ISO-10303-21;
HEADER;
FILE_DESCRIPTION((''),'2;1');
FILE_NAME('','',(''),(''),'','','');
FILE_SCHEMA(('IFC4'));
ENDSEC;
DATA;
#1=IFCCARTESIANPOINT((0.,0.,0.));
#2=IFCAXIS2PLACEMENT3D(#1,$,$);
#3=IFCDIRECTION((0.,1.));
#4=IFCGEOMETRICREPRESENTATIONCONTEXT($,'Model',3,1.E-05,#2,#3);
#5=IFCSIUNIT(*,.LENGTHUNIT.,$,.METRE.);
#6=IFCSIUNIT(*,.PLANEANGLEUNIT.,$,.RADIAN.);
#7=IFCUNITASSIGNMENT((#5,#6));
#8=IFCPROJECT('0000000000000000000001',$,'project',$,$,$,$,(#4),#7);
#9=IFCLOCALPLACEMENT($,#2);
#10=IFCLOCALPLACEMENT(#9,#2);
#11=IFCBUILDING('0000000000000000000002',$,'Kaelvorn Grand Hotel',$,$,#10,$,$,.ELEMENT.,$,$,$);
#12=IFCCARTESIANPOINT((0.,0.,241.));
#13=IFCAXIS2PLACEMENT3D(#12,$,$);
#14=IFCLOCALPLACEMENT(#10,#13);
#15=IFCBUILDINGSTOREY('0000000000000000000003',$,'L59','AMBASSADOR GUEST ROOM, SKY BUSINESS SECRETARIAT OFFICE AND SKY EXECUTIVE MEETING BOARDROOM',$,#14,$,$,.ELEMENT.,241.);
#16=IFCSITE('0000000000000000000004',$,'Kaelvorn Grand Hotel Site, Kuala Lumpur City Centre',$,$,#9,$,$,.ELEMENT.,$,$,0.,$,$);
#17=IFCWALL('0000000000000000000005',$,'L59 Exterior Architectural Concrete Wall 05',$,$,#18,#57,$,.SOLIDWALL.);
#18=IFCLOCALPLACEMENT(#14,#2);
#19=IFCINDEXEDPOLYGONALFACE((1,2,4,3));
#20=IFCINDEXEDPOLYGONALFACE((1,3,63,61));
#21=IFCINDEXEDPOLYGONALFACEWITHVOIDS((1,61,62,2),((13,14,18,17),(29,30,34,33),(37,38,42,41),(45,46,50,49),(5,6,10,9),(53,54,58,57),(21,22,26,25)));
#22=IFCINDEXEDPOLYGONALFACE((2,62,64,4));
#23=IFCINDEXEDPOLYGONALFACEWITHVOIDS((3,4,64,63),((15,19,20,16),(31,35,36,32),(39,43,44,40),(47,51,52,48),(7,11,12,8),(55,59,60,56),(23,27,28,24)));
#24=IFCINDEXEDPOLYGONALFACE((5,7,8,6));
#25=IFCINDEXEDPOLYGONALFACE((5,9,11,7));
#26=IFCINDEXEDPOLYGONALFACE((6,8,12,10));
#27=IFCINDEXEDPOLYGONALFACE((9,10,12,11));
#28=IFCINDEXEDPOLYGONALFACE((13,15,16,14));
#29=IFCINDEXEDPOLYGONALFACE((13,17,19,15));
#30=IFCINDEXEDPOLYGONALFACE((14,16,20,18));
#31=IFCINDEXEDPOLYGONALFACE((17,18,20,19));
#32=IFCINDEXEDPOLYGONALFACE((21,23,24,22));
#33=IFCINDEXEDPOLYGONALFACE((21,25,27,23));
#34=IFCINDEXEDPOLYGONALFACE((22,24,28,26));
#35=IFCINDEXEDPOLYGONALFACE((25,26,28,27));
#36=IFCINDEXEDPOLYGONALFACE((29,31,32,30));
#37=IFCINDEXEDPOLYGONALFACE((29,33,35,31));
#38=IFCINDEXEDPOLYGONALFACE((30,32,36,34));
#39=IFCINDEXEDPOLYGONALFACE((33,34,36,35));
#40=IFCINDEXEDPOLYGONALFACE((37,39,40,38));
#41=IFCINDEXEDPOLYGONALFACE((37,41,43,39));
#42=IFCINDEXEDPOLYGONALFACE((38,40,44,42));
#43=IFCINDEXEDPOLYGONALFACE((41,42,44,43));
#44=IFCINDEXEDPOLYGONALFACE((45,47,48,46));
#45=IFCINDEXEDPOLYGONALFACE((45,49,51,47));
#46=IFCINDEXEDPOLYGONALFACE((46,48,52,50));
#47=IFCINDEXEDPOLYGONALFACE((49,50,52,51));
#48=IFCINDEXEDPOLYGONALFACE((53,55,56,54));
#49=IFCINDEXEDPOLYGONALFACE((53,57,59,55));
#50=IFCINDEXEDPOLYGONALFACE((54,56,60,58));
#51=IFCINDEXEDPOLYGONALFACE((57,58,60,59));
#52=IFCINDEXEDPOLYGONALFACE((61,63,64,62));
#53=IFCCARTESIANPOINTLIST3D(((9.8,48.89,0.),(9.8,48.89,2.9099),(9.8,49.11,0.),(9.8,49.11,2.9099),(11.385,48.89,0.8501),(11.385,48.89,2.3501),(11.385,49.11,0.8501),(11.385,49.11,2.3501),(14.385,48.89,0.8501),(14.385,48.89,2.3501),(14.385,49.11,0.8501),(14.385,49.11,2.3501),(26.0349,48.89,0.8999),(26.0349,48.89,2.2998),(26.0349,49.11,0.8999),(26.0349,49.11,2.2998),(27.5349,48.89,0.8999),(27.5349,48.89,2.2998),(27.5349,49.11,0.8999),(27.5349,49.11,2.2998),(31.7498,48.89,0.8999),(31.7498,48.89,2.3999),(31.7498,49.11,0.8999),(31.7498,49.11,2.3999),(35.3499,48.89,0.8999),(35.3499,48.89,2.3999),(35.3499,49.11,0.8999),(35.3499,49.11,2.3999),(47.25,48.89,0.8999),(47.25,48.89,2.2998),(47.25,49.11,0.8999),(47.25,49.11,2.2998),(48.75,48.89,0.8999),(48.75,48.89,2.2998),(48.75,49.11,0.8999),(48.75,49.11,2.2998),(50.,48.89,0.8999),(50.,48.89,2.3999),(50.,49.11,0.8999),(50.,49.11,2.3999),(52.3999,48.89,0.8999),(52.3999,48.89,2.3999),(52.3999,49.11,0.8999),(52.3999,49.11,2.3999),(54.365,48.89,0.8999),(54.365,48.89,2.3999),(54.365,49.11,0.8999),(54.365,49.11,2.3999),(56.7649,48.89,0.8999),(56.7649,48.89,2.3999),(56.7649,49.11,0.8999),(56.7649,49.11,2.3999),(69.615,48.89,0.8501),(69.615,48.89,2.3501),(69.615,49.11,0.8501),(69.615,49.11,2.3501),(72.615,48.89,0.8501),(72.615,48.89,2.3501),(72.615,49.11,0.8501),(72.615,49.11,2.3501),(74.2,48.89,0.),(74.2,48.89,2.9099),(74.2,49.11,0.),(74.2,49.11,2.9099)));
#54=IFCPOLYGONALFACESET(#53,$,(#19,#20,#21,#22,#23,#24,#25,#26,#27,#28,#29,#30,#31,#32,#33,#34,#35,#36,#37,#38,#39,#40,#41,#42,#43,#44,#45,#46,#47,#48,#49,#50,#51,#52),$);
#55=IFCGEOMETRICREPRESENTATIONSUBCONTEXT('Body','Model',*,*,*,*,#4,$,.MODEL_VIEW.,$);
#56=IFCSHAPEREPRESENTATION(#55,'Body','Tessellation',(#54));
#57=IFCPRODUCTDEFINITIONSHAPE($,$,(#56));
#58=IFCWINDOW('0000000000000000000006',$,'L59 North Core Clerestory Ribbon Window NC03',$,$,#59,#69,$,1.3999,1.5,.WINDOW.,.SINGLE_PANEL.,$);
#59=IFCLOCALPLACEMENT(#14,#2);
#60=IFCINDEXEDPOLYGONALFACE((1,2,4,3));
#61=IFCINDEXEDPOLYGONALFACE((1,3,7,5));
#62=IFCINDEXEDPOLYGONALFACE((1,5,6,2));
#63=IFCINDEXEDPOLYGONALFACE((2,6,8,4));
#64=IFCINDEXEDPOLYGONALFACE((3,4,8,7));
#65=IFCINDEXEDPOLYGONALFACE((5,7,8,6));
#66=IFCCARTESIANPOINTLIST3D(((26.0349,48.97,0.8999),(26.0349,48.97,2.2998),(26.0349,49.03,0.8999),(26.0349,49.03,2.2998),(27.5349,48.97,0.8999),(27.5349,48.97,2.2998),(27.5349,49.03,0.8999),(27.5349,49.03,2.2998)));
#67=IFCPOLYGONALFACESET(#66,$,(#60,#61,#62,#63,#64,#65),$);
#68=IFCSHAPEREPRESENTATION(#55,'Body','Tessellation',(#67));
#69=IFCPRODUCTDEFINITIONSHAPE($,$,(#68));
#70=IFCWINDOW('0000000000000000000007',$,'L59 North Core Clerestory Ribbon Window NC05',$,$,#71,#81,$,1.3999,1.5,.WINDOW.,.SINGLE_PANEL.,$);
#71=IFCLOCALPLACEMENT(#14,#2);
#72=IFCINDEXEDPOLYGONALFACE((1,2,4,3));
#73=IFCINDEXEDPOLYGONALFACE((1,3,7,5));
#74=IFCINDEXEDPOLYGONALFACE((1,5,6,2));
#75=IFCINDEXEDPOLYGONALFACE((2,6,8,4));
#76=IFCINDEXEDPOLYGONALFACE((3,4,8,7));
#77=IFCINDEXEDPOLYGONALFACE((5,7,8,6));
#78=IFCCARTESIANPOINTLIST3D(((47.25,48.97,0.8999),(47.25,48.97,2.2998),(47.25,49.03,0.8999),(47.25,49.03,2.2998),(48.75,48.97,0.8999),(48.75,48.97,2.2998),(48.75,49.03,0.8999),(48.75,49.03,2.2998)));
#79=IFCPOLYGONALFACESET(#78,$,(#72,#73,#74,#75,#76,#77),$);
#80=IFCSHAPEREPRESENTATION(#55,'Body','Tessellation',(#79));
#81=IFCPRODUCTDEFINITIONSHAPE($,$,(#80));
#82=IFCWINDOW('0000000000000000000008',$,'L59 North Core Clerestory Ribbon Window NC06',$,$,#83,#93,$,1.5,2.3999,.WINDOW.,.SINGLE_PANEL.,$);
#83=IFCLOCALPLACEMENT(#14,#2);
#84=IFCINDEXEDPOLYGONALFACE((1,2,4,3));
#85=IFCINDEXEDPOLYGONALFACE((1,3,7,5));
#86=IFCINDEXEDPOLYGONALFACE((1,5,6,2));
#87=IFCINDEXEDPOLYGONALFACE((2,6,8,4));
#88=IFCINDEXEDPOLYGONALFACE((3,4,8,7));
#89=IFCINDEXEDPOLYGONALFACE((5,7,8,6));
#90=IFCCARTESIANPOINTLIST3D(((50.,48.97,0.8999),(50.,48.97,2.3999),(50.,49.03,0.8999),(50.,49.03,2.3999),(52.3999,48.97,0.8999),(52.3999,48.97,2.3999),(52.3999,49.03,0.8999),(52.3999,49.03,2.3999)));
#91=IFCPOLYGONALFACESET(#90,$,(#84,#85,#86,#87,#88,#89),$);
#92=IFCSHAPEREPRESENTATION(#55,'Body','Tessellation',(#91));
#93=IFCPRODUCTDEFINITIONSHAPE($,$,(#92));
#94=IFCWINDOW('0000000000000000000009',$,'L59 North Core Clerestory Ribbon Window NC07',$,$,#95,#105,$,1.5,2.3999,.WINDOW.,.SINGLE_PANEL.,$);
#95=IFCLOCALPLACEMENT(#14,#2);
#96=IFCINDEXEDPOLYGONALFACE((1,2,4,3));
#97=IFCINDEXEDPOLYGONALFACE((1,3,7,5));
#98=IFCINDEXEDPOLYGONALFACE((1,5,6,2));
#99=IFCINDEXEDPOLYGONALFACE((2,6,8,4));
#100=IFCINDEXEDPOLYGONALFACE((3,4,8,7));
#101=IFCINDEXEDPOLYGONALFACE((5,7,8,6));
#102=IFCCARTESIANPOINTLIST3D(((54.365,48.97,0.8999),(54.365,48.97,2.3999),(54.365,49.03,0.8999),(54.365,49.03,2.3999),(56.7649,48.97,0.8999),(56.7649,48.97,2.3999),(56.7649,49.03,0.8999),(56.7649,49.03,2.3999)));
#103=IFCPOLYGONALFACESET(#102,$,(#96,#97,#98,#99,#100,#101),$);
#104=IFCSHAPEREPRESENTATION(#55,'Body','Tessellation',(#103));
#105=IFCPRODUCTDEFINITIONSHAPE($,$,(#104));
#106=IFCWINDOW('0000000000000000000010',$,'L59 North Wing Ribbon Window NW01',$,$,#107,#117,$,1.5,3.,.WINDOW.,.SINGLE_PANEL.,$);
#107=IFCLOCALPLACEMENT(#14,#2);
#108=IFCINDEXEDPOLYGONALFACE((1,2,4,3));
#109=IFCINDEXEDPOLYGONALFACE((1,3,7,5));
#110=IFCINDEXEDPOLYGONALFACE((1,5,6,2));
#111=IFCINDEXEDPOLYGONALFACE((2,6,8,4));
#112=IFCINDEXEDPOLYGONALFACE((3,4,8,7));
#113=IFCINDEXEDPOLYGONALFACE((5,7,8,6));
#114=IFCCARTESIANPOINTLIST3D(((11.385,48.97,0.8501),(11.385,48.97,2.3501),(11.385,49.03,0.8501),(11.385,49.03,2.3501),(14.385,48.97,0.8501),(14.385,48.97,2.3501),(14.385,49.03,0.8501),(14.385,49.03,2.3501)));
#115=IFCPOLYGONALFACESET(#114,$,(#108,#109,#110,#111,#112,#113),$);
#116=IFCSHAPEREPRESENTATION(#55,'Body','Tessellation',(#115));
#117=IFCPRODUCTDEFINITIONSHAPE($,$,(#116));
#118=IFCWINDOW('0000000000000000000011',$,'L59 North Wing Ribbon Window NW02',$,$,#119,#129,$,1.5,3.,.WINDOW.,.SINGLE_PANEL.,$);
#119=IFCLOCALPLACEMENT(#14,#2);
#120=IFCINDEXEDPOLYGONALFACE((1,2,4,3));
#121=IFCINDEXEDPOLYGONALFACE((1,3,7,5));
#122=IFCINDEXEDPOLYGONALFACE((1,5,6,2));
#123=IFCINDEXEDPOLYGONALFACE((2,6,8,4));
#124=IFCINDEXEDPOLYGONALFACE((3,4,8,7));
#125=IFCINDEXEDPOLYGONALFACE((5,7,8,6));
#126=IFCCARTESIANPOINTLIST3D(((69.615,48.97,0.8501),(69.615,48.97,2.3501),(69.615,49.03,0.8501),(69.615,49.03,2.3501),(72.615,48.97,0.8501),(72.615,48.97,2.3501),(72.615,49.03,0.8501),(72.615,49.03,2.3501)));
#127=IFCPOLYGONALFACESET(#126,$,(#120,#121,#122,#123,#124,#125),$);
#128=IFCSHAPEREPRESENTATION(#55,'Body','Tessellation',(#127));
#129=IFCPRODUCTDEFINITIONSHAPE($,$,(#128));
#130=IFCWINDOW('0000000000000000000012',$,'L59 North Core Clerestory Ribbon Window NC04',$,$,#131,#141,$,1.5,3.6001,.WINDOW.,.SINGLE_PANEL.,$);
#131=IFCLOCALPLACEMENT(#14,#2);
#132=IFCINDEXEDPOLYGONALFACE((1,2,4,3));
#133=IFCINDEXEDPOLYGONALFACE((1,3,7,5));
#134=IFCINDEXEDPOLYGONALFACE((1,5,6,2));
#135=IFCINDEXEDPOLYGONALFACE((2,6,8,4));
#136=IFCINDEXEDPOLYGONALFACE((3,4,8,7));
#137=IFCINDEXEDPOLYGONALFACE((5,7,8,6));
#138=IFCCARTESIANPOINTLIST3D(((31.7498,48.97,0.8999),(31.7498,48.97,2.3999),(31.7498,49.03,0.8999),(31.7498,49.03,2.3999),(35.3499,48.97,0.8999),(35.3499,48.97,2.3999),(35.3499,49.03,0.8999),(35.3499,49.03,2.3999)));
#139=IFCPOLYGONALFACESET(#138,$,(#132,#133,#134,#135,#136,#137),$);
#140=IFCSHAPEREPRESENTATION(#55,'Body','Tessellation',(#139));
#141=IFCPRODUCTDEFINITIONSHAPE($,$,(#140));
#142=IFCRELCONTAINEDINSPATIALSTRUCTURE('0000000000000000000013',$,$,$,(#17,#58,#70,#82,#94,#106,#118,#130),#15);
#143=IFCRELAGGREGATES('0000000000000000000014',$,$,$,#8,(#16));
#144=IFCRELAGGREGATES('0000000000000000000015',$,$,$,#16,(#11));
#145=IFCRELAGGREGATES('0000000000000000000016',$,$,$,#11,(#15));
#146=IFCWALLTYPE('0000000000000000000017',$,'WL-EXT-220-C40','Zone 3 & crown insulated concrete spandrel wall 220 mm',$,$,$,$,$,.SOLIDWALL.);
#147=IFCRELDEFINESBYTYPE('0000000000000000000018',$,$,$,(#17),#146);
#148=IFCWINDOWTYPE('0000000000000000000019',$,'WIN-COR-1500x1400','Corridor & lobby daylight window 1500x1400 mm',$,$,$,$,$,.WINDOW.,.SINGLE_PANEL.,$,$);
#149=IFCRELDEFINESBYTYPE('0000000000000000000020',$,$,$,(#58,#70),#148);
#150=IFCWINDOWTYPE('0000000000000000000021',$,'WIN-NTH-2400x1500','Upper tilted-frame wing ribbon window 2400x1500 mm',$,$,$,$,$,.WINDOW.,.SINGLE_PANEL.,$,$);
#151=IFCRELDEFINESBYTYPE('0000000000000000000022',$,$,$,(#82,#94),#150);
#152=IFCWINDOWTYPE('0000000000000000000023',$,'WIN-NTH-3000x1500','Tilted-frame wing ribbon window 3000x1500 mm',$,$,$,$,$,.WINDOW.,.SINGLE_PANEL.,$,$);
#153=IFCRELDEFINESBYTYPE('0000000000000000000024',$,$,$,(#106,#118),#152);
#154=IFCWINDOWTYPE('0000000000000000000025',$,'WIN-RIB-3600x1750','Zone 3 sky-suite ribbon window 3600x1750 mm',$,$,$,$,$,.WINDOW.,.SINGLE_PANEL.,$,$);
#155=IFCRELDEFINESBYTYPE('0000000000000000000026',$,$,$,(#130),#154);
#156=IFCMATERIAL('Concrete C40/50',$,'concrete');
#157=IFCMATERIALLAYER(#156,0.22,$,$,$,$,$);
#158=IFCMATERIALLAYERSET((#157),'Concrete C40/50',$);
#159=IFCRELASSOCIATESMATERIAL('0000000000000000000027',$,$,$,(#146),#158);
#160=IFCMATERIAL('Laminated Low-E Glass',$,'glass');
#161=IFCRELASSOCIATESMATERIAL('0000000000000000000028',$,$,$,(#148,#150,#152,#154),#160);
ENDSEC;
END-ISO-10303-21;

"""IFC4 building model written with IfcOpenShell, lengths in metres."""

from ifc_helpers import new_model, si_unit, direction, frame, frame_2d, origin, place, context, subcontext, project, spatial, rectangle, extrude, material, layer, layer_set, type_object, element, fill, save


model = new_model("IFC4")

# Units and contexts
model_context = context("Model", 3, precision=1e-05, world=origin(), true_north=direction((0.0, 1.0)))
body_context = subcontext(model_context, "Body", "Model", "MODEL_VIEW")
ifc_project = project(units=[si_unit("LENGTHUNIT", "METRE"), si_unit("PLANEANGLEUNIT", "RADIAN")], contexts=[model_context])

# Site, building, storey
site_placement = place(None, origin())
site = spatial("IfcSite", under=ifc_project, at=site_placement, Name="Kaelvorn Grand Hotel Site, Kuala Lumpur City Centre", CompositionType="ELEMENT", RefElevation=0.0)
building_placement = place(site_placement, origin())
building = spatial("IfcBuilding", under=site, at=building_placement, Name="Kaelvorn Grand Hotel", CompositionType="ELEMENT")
storey_placement = place(building_placement, frame((0.0, 0.0, 241.0)))
storey = spatial("IfcBuildingStorey", under=building, at=storey_placement, Name="L59", Description="AMBASSADOR GUEST ROOM, SKY BUSINESS SECRETARIAT OFFICE AND SKY EXECUTIVE MEETING BOARDROOM", CompositionType="ELEMENT", Elevation=241.0)

# Shared definitions
ifc_material_1 = material(Name="Concrete C40/50", Category="concrete")
ifc_layer_1 = layer(ifc_material_1, 0.22)
ifc_layer_set_1 = layer_set([ifc_layer_1], Name="Concrete C40/50")
wall_type = type_object("IfcWallType", Name="WL-EXT-220-C40", Description="Zone 3 & crown insulated concrete spandrel wall 220 mm", PredefinedType="SOLIDWALL", material=ifc_layer_set_1)
ifc_material_2 = material(Name="Laminated Low-E Glass", Category="glass")

# Wall, openings, windows
wall_1_placement = place(storey_placement, frame((74.2, 49.0, 0.0), z_axis=(0.0, 0.0, 1.0), x_axis=(-1.0, 0.0, 0.0)))
wall_1 = element("IfcWall", 1, at=wall_1_placement, inside=storey, type_object=wall_type, Name="L59 Exterior Architectural Concrete Wall 05", PredefinedType="SOLIDWALL", context=body_context, shape_type="SweptSolid", body=[
    extrude(rectangle(XDim=64.3999, YDim=0.22, at=frame_2d((32.2, 0.0))), origin(), (0.0, 0.0, 1.0), 2.9099),
])
opening_1_placement = place(wall_1_placement, frame((59.8149, 0.0, 0.8501)))
opening_1 = element("IfcOpeningElement", 2, at=opening_1_placement, cuts=wall_1, PredefinedType="OPENING", context=body_context, shape_type="SweptSolid", body=[
    extrude(rectangle(XDim=3.0, YDim=1.5, at=frame_2d((1.5, 0.75))), frame((0.0, 0.1201, 0.0), z_axis=(0.0, -1.0, 0.0), x_axis=(1.0, 0.0, 0.0)), (0.0, 0.0, 1.0), 0.24),
])
opening_2_placement = place(wall_1_placement, frame((1.585, 0.0, 0.8501)))
opening_2 = element("IfcOpeningElement", 3, at=opening_2_placement, cuts=wall_1, PredefinedType="OPENING", context=body_context, shape_type="SweptSolid", body=[
    extrude(rectangle(XDim=3.0, YDim=1.5, at=frame_2d((1.5, 0.75))), frame((0.0, 0.1201, 0.0), z_axis=(0.0, -1.0, 0.0), x_axis=(1.0, 0.0, 0.0)), (0.0, 0.0, 1.0), 0.24),
])
opening_3_placement = place(wall_1_placement, frame((46.665, 0.0, 0.8999)))
opening_3 = element("IfcOpeningElement", 4, at=opening_3_placement, cuts=wall_1, PredefinedType="OPENING", context=body_context, shape_type="SweptSolid", body=[
    extrude(rectangle(XDim=1.5, YDim=1.3999, at=frame_2d((0.75, 0.7))), frame((0.0, 0.1201, 0.0), z_axis=(0.0, -1.0, 0.0), x_axis=(1.0, 0.0, 0.0)), (0.0, 0.0, 1.0), 0.24),
])
opening_4_placement = place(wall_1_placement, frame((38.8501, 0.0, 0.8999)))
opening_4 = element("IfcOpeningElement", 5, at=opening_4_placement, cuts=wall_1, PredefinedType="OPENING", context=body_context, shape_type="SweptSolid", body=[
    extrude(rectangle(XDim=3.6001, YDim=1.5, at=frame_2d((1.8, 0.75))), frame((0.0, 0.1201, 0.0), z_axis=(0.0, -1.0, 0.0), x_axis=(1.0, 0.0, 0.0)), (0.0, 0.0, 1.0), 0.24),
])
opening_5_placement = place(wall_1_placement, frame((25.45, 0.0, 0.8999)))
opening_5 = element("IfcOpeningElement", 6, at=opening_5_placement, cuts=wall_1, PredefinedType="OPENING", context=body_context, shape_type="SweptSolid", body=[
    extrude(rectangle(XDim=1.5, YDim=1.3999, at=frame_2d((0.75, 0.7))), frame((0.0, 0.1201, 0.0), z_axis=(0.0, -1.0, 0.0), x_axis=(1.0, 0.0, 0.0)), (0.0, 0.0, 1.0), 0.24),
])
opening_6_placement = place(wall_1_placement, frame((21.8, 0.0, 0.8999)))
opening_6 = element("IfcOpeningElement", 7, at=opening_6_placement, cuts=wall_1, PredefinedType="OPENING", context=body_context, shape_type="SweptSolid", body=[
    extrude(rectangle(XDim=2.3999, YDim=1.5, at=frame_2d((1.2, 0.75))), frame((0.0, 0.1201, 0.0), z_axis=(0.0, -1.0, 0.0), x_axis=(1.0, 0.0, 0.0)), (0.0, 0.0, 1.0), 0.24),
])
opening_7_placement = place(wall_1_placement, frame((17.4351, 0.0, 0.8999)))
opening_7 = element("IfcOpeningElement", 8, at=opening_7_placement, cuts=wall_1, PredefinedType="OPENING", context=body_context, shape_type="SweptSolid", body=[
    extrude(rectangle(XDim=2.3999, YDim=1.5, at=frame_2d((1.2, 0.75))), frame((0.0, 0.1201, 0.0), z_axis=(0.0, -1.0, 0.0), x_axis=(1.0, 0.0, 0.0)), (0.0, 0.0, 1.0), 0.24),
])
window_type_1 = type_object("IfcWindowType", Name="WIN-COR-1500x1400", Description="Corridor & lobby daylight window 1500x1400 mm", PartitioningType="SINGLE_PANEL", PredefinedType="WINDOW", material=ifc_material_2)
window_1_placement = place(opening_3_placement, origin())
window_1 = element("IfcWindow", 9, at=window_1_placement, inside=storey, type_object=window_type_1, Name="L59 North Core Clerestory Ribbon Window NC03", OverallHeight=1.3999, OverallWidth=1.5, PartitioningType="SINGLE_PANEL", PredefinedType="WINDOW", context=body_context, shape_type="SweptSolid", body=[
    extrude(rectangle(XDim=1.5, YDim=1.3999, at=frame_2d((0.75, 0.7))), frame((0.0, 0.03, 0.0), z_axis=(0.0, -1.0, 0.0), x_axis=(1.0, 0.0, 0.0)), (0.0, 0.0, 1.0), 0.0601),
])
fill(opening_3, window_1)
window_2_placement = place(opening_5_placement, origin())
window_2 = element("IfcWindow", 10, at=window_2_placement, inside=storey, type_object=window_type_1, Name="L59 North Core Clerestory Ribbon Window NC05", OverallHeight=1.3999, OverallWidth=1.5, PartitioningType="SINGLE_PANEL", PredefinedType="WINDOW", context=body_context, shape_type="SweptSolid", body=[
    extrude(rectangle(XDim=1.5, YDim=1.3999, at=frame_2d((0.75, 0.7))), frame((0.0, 0.03, 0.0), z_axis=(0.0, -1.0, 0.0), x_axis=(1.0, 0.0, 0.0)), (0.0, 0.0, 1.0), 0.0601),
])
fill(opening_5, window_2)
window_type_2 = type_object("IfcWindowType", Name="WIN-NTH-2400x1500", Description="Upper tilted-frame wing ribbon window 2400x1500 mm", PartitioningType="SINGLE_PANEL", PredefinedType="WINDOW", material=ifc_material_2)
window_3_placement = place(opening_6_placement, origin())
window_3 = element("IfcWindow", 11, at=window_3_placement, inside=storey, type_object=window_type_2, Name="L59 North Core Clerestory Ribbon Window NC06", OverallHeight=1.5, OverallWidth=2.3999, PartitioningType="SINGLE_PANEL", PredefinedType="WINDOW", context=body_context, shape_type="SweptSolid", body=[
    extrude(rectangle(XDim=2.3999, YDim=1.5, at=frame_2d((1.2, 0.75))), frame((0.0, 0.03, 0.0), z_axis=(0.0, -1.0, 0.0), x_axis=(1.0, 0.0, 0.0)), (0.0, 0.0, 1.0), 0.0601),
])
fill(opening_6, window_3)
window_4_placement = place(opening_7_placement, origin())
window_4 = element("IfcWindow", 12, at=window_4_placement, inside=storey, type_object=window_type_2, Name="L59 North Core Clerestory Ribbon Window NC07", OverallHeight=1.5, OverallWidth=2.3999, PartitioningType="SINGLE_PANEL", PredefinedType="WINDOW", context=body_context, shape_type="SweptSolid", body=[
    extrude(rectangle(XDim=2.3999, YDim=1.5, at=frame_2d((1.2, 0.75))), frame((0.0, 0.03, 0.0), z_axis=(0.0, -1.0, 0.0), x_axis=(1.0, 0.0, 0.0)), (0.0, 0.0, 1.0), 0.0601),
])
fill(opening_7, window_4)
window_type_3 = type_object("IfcWindowType", Name="WIN-NTH-3000x1500", Description="Tilted-frame wing ribbon window 3000x1500 mm", PartitioningType="SINGLE_PANEL", PredefinedType="WINDOW", material=ifc_material_2)
window_5_placement = place(opening_1_placement, origin())
window_5 = element("IfcWindow", 13, at=window_5_placement, inside=storey, type_object=window_type_3, Name="L59 North Wing Ribbon Window NW01", OverallHeight=1.5, OverallWidth=3.0, PartitioningType="SINGLE_PANEL", PredefinedType="WINDOW", context=body_context, shape_type="SweptSolid", body=[
    extrude(rectangle(XDim=3.0, YDim=1.5, at=frame_2d((1.5, 0.75))), frame((0.0, 0.03, 0.0), z_axis=(0.0, -1.0, 0.0), x_axis=(1.0, 0.0, 0.0)), (0.0, 0.0, 1.0), 0.0601),
])
fill(opening_1, window_5)
window_6_placement = place(opening_2_placement, origin())
window_6 = element("IfcWindow", 14, at=window_6_placement, inside=storey, type_object=window_type_3, Name="L59 North Wing Ribbon Window NW02", OverallHeight=1.5, OverallWidth=3.0, PartitioningType="SINGLE_PANEL", PredefinedType="WINDOW", context=body_context, shape_type="SweptSolid", body=[
    extrude(rectangle(XDim=3.0, YDim=1.5, at=frame_2d((1.5, 0.75))), frame((0.0, 0.03, 0.0), z_axis=(0.0, -1.0, 0.0), x_axis=(1.0, 0.0, 0.0)), (0.0, 0.0, 1.0), 0.0601),
])
fill(opening_2, window_6)
window_type_4 = type_object("IfcWindowType", Name="WIN-RIB-3600x1750", Description="Zone 3 sky-suite ribbon window 3600x1750 mm", PartitioningType="SINGLE_PANEL", PredefinedType="WINDOW", material=ifc_material_2)
window_7_placement = place(opening_4_placement, origin())
window_7 = element("IfcWindow", 15, at=window_7_placement, inside=storey, type_object=window_type_4, Name="L59 North Core Clerestory Ribbon Window NC04", OverallHeight=1.5, OverallWidth=3.6001, PartitioningType="SINGLE_PANEL", PredefinedType="WINDOW", context=body_context, shape_type="SweptSolid", body=[
    extrude(rectangle(XDim=3.6001, YDim=1.5, at=frame_2d((1.8, 0.75))), frame((0.0, 0.03, 0.0), z_axis=(0.0, -1.0, 0.0), x_axis=(1.0, 0.0, 0.0)), (0.0, 0.0, 1.0), 0.0601),
])
fill(opening_4, window_7)

save(model, "model.ifc")
